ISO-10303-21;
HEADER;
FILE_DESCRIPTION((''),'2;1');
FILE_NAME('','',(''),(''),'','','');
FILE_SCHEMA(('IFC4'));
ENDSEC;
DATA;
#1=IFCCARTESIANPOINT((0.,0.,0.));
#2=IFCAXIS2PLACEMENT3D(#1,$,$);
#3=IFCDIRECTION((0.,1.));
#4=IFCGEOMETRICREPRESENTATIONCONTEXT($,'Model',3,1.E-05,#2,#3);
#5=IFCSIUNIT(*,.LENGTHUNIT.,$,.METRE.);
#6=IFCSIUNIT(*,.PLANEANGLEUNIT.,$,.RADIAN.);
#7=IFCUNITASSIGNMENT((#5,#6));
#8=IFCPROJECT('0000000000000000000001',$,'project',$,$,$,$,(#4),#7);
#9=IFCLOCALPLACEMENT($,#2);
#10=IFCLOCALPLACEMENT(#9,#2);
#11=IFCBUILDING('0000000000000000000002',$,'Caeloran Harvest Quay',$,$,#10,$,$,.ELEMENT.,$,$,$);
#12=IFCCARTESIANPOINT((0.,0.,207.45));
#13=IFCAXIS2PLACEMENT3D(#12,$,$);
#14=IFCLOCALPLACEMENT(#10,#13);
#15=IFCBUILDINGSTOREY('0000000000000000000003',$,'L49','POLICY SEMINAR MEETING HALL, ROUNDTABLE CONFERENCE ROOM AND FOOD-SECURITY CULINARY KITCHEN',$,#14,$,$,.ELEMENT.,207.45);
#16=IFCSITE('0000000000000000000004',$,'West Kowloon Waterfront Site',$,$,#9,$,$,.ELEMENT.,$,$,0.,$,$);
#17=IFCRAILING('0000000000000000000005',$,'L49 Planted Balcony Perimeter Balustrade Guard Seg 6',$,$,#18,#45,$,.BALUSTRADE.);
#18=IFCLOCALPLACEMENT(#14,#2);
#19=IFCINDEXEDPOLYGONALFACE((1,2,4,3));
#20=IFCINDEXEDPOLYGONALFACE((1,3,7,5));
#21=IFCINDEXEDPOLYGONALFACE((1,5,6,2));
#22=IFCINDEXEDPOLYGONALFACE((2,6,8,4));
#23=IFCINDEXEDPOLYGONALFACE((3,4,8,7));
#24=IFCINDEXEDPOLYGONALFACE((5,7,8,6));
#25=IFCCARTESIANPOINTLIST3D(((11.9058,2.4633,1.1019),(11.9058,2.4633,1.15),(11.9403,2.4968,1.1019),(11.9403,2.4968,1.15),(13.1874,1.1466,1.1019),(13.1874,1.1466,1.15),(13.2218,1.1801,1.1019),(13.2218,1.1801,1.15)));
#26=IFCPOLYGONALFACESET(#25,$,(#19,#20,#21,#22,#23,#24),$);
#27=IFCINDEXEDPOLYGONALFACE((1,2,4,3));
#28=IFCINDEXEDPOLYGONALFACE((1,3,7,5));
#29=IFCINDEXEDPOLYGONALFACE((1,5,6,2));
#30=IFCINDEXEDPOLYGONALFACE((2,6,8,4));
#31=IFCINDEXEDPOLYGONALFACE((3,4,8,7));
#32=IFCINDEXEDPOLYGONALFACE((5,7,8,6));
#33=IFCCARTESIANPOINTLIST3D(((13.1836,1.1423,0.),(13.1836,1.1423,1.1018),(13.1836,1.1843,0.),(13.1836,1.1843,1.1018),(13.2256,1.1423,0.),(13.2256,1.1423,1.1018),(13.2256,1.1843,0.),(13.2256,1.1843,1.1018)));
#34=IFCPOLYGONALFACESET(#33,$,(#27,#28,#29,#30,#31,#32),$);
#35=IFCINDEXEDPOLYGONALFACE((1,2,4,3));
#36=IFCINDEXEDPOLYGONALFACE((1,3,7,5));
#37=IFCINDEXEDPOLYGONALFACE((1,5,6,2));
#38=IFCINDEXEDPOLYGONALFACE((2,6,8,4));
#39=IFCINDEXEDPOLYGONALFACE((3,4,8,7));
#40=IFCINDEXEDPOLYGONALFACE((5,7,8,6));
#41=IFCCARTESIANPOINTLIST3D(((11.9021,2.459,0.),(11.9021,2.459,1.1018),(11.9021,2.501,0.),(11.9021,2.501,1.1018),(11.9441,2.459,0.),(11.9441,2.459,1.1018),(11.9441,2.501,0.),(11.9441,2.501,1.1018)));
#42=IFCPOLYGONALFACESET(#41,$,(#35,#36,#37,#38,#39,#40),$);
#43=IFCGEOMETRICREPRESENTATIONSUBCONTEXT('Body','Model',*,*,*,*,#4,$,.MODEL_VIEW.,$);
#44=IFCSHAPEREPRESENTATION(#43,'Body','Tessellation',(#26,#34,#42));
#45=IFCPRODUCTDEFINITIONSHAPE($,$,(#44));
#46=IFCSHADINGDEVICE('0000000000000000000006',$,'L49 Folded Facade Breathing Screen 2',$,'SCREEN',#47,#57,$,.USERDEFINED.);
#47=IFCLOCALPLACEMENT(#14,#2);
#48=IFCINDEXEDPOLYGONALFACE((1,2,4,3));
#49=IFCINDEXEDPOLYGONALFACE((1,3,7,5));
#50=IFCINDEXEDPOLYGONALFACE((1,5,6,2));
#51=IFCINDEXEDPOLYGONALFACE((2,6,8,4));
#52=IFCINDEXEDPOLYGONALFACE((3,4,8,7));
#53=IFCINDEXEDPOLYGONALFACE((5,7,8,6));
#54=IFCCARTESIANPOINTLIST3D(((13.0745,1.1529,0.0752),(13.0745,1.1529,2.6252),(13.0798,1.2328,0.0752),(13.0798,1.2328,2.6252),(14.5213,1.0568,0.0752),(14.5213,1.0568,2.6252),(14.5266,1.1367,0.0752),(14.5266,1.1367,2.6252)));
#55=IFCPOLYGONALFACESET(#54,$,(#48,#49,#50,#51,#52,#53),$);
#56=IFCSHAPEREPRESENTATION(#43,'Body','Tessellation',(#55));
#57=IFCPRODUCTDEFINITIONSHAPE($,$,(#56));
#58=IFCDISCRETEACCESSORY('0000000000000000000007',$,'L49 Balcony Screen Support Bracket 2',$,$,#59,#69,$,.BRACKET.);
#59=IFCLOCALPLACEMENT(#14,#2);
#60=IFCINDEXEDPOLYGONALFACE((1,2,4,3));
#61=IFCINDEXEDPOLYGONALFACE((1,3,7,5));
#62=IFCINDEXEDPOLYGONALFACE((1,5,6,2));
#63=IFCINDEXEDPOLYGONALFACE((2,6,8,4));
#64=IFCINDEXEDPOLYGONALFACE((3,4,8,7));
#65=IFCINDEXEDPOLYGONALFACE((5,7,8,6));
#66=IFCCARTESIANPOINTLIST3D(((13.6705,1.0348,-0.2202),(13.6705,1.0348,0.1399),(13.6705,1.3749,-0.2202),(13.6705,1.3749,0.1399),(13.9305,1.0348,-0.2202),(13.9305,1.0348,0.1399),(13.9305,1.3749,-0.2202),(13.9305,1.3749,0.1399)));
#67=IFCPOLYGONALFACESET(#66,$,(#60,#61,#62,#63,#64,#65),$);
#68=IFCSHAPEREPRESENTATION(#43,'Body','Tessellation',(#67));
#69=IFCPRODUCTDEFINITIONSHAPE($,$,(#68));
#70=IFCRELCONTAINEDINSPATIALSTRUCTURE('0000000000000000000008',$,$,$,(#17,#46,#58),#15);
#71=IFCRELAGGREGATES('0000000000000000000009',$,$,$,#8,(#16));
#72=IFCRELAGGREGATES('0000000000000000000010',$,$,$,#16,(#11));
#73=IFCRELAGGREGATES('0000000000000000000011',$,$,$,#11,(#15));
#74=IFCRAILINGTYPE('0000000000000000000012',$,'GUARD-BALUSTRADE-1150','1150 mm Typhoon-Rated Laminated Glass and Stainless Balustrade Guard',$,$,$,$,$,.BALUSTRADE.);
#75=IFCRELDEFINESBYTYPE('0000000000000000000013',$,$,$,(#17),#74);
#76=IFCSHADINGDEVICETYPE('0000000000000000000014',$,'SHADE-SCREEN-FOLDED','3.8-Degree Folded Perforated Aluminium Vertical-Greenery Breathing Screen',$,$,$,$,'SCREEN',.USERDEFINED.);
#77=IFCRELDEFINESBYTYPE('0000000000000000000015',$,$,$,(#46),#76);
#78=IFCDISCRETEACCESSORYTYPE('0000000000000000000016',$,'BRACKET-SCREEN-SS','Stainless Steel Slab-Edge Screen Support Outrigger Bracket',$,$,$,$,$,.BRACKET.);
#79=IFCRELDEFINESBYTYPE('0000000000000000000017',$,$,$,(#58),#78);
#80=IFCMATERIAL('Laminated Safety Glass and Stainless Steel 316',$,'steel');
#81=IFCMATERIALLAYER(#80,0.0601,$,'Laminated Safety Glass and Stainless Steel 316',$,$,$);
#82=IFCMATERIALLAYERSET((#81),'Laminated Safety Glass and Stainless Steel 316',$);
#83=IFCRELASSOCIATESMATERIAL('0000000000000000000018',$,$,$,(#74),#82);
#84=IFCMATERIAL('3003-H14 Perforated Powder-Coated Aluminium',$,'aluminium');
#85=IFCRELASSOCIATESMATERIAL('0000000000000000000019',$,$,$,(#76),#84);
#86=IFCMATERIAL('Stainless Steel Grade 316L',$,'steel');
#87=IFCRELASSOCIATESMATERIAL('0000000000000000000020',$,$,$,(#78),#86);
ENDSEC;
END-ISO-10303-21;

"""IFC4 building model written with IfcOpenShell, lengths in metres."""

from ifc_helpers import new_model, si_unit, direction, frame, origin, origin_2d, place, context, subcontext, project, spatial, rectangle, extrude, material, layer, layer_set, type_object, element, save


model = new_model("IFC4")

# Units and contexts
model_context = context("Model", 3, precision=1e-05, world=origin(), true_north=direction((0.0, 1.0)))
body_context = subcontext(model_context, "Body", "Model", "MODEL_VIEW")
ifc_project = project(units=[si_unit("LENGTHUNIT", "METRE"), si_unit("PLANEANGLEUNIT", "RADIAN")], contexts=[model_context])

# Site, building, storey
site_placement = place(None, origin())
site = spatial("IfcSite", under=ifc_project, at=site_placement, Name="West Kowloon Waterfront Site", CompositionType="ELEMENT", RefElevation=0.0)
building_placement = place(site_placement, origin())
building = spatial("IfcBuilding", under=site, at=building_placement, Name="Caeloran Harvest Quay", CompositionType="ELEMENT")
storey_placement = place(building_placement, frame((0.0, 0.0, 207.45)))
storey = spatial("IfcBuildingStorey", under=building, at=storey_placement, Name="L49", Description="POLICY SEMINAR MEETING HALL, ROUNDTABLE CONFERENCE ROOM AND FOOD-SECURITY CULINARY KITCHEN", CompositionType="ELEMENT", Elevation=207.45)

# Railing
ifc_material_1 = material(Name="Laminated Safety Glass and Stainless Steel 316", Category="steel")
ifc_layer_1 = layer(ifc_material_1, 0.0601, Name="Laminated Safety Glass and Stainless Steel 316")
ifc_layer_set_1 = layer_set([ifc_layer_1], Name="Laminated Safety Glass and Stainless Steel 316")
railing_type = type_object("IfcRailingType", Name="GUARD-BALUSTRADE-1150", Description="1150 mm Typhoon-Rated Laminated Glass and Stainless Balustrade Guard", PredefinedType="BALUSTRADE", material=ifc_layer_set_1)
railing_placement = place(storey_placement, frame((13.2046, 1.1633, 0.0)))
element("IfcRailing", 1, at=railing_placement, inside=storey, type_object=railing_type, Name="L49 Planted Balcony Perimeter Balustrade Guard Seg 6", PredefinedType="BALUSTRADE", context=body_context, shape_type="SweptSolid", body=[
    extrude(rectangle(XDim=0.0481, YDim=0.0481, at=origin_2d()), frame((0.0, 0.0, 1.126), z_axis=(-0.697475, 0.716609, 0.0), x_axis=(-0.716609, -0.697475, 0.0)), (0.0, 0.0, 1.0), 1.8374),
    extrude(rectangle(XDim=0.042, YDim=0.042, at=origin_2d()), origin(), (0.0, 0.0, 1.0), 1.1018),
    extrude(rectangle(XDim=0.042, YDim=0.042, at=origin_2d()), frame((-1.2815, 1.3167, 0.0)), (0.0, 0.0, 1.0), 1.1018),
])

# Shading device
ifc_material_2 = material(Name="3003-H14 Perforated Powder-Coated Aluminium", Category="aluminium")
shading_device_type = type_object("IfcShadingDeviceType", Name="SHADE-SCREEN-FOLDED", Description="3.8-Degree Folded Perforated Aluminium Vertical-Greenery Breathing Screen", ElementType="SCREEN", PredefinedType="USERDEFINED", material=ifc_material_2)
shading_device_placement = place(storey_placement, frame((13.8005, 1.1448, 0.0752), z_axis=(0.0, 0.0, 1.0), x_axis=(0.997801, -0.066274, 0.0)))
element("IfcShadingDevice", 2, at=shading_device_placement, inside=storey, type_object=shading_device_type, Name="L49 Folded Facade Breathing Screen 2", ObjectType="SCREEN", PredefinedType="USERDEFINED", context=body_context, shape_type="SweptSolid", body=[
    extrude(rectangle(XDim=1.45, YDim=0.0801, at=origin_2d()), origin(), (0.0, 0.0, 1.0), 2.55),
])

# Discrete accessory
ifc_material_3 = material(Name="Stainless Steel Grade 316L", Category="steel")
discrete_accessory_type = type_object("IfcDiscreteAccessoryType", Name="BRACKET-SCREEN-SS", Description="Stainless Steel Slab-Edge Screen Support Outrigger Bracket", PredefinedType="BRACKET", material=ifc_material_3)
discrete_accessory_placement = place(storey_placement, frame((13.8005, 1.2048, -0.2202), z_axis=(0.0, 0.0, 1.0), x_axis=(1.0, 0.0, 0.0)))
element("IfcDiscreteAccessory", 3, at=discrete_accessory_placement, inside=storey, type_object=discrete_accessory_type, Name="L49 Balcony Screen Support Bracket 2", PredefinedType="BRACKET", context=body_context, shape_type="SweptSolid", body=[
    extrude(rectangle(XDim=0.26, YDim=0.3401, at=origin_2d()), origin(), (0.0, 0.0, 1.0), 0.3601),
])

save(model, "model.ifc")
